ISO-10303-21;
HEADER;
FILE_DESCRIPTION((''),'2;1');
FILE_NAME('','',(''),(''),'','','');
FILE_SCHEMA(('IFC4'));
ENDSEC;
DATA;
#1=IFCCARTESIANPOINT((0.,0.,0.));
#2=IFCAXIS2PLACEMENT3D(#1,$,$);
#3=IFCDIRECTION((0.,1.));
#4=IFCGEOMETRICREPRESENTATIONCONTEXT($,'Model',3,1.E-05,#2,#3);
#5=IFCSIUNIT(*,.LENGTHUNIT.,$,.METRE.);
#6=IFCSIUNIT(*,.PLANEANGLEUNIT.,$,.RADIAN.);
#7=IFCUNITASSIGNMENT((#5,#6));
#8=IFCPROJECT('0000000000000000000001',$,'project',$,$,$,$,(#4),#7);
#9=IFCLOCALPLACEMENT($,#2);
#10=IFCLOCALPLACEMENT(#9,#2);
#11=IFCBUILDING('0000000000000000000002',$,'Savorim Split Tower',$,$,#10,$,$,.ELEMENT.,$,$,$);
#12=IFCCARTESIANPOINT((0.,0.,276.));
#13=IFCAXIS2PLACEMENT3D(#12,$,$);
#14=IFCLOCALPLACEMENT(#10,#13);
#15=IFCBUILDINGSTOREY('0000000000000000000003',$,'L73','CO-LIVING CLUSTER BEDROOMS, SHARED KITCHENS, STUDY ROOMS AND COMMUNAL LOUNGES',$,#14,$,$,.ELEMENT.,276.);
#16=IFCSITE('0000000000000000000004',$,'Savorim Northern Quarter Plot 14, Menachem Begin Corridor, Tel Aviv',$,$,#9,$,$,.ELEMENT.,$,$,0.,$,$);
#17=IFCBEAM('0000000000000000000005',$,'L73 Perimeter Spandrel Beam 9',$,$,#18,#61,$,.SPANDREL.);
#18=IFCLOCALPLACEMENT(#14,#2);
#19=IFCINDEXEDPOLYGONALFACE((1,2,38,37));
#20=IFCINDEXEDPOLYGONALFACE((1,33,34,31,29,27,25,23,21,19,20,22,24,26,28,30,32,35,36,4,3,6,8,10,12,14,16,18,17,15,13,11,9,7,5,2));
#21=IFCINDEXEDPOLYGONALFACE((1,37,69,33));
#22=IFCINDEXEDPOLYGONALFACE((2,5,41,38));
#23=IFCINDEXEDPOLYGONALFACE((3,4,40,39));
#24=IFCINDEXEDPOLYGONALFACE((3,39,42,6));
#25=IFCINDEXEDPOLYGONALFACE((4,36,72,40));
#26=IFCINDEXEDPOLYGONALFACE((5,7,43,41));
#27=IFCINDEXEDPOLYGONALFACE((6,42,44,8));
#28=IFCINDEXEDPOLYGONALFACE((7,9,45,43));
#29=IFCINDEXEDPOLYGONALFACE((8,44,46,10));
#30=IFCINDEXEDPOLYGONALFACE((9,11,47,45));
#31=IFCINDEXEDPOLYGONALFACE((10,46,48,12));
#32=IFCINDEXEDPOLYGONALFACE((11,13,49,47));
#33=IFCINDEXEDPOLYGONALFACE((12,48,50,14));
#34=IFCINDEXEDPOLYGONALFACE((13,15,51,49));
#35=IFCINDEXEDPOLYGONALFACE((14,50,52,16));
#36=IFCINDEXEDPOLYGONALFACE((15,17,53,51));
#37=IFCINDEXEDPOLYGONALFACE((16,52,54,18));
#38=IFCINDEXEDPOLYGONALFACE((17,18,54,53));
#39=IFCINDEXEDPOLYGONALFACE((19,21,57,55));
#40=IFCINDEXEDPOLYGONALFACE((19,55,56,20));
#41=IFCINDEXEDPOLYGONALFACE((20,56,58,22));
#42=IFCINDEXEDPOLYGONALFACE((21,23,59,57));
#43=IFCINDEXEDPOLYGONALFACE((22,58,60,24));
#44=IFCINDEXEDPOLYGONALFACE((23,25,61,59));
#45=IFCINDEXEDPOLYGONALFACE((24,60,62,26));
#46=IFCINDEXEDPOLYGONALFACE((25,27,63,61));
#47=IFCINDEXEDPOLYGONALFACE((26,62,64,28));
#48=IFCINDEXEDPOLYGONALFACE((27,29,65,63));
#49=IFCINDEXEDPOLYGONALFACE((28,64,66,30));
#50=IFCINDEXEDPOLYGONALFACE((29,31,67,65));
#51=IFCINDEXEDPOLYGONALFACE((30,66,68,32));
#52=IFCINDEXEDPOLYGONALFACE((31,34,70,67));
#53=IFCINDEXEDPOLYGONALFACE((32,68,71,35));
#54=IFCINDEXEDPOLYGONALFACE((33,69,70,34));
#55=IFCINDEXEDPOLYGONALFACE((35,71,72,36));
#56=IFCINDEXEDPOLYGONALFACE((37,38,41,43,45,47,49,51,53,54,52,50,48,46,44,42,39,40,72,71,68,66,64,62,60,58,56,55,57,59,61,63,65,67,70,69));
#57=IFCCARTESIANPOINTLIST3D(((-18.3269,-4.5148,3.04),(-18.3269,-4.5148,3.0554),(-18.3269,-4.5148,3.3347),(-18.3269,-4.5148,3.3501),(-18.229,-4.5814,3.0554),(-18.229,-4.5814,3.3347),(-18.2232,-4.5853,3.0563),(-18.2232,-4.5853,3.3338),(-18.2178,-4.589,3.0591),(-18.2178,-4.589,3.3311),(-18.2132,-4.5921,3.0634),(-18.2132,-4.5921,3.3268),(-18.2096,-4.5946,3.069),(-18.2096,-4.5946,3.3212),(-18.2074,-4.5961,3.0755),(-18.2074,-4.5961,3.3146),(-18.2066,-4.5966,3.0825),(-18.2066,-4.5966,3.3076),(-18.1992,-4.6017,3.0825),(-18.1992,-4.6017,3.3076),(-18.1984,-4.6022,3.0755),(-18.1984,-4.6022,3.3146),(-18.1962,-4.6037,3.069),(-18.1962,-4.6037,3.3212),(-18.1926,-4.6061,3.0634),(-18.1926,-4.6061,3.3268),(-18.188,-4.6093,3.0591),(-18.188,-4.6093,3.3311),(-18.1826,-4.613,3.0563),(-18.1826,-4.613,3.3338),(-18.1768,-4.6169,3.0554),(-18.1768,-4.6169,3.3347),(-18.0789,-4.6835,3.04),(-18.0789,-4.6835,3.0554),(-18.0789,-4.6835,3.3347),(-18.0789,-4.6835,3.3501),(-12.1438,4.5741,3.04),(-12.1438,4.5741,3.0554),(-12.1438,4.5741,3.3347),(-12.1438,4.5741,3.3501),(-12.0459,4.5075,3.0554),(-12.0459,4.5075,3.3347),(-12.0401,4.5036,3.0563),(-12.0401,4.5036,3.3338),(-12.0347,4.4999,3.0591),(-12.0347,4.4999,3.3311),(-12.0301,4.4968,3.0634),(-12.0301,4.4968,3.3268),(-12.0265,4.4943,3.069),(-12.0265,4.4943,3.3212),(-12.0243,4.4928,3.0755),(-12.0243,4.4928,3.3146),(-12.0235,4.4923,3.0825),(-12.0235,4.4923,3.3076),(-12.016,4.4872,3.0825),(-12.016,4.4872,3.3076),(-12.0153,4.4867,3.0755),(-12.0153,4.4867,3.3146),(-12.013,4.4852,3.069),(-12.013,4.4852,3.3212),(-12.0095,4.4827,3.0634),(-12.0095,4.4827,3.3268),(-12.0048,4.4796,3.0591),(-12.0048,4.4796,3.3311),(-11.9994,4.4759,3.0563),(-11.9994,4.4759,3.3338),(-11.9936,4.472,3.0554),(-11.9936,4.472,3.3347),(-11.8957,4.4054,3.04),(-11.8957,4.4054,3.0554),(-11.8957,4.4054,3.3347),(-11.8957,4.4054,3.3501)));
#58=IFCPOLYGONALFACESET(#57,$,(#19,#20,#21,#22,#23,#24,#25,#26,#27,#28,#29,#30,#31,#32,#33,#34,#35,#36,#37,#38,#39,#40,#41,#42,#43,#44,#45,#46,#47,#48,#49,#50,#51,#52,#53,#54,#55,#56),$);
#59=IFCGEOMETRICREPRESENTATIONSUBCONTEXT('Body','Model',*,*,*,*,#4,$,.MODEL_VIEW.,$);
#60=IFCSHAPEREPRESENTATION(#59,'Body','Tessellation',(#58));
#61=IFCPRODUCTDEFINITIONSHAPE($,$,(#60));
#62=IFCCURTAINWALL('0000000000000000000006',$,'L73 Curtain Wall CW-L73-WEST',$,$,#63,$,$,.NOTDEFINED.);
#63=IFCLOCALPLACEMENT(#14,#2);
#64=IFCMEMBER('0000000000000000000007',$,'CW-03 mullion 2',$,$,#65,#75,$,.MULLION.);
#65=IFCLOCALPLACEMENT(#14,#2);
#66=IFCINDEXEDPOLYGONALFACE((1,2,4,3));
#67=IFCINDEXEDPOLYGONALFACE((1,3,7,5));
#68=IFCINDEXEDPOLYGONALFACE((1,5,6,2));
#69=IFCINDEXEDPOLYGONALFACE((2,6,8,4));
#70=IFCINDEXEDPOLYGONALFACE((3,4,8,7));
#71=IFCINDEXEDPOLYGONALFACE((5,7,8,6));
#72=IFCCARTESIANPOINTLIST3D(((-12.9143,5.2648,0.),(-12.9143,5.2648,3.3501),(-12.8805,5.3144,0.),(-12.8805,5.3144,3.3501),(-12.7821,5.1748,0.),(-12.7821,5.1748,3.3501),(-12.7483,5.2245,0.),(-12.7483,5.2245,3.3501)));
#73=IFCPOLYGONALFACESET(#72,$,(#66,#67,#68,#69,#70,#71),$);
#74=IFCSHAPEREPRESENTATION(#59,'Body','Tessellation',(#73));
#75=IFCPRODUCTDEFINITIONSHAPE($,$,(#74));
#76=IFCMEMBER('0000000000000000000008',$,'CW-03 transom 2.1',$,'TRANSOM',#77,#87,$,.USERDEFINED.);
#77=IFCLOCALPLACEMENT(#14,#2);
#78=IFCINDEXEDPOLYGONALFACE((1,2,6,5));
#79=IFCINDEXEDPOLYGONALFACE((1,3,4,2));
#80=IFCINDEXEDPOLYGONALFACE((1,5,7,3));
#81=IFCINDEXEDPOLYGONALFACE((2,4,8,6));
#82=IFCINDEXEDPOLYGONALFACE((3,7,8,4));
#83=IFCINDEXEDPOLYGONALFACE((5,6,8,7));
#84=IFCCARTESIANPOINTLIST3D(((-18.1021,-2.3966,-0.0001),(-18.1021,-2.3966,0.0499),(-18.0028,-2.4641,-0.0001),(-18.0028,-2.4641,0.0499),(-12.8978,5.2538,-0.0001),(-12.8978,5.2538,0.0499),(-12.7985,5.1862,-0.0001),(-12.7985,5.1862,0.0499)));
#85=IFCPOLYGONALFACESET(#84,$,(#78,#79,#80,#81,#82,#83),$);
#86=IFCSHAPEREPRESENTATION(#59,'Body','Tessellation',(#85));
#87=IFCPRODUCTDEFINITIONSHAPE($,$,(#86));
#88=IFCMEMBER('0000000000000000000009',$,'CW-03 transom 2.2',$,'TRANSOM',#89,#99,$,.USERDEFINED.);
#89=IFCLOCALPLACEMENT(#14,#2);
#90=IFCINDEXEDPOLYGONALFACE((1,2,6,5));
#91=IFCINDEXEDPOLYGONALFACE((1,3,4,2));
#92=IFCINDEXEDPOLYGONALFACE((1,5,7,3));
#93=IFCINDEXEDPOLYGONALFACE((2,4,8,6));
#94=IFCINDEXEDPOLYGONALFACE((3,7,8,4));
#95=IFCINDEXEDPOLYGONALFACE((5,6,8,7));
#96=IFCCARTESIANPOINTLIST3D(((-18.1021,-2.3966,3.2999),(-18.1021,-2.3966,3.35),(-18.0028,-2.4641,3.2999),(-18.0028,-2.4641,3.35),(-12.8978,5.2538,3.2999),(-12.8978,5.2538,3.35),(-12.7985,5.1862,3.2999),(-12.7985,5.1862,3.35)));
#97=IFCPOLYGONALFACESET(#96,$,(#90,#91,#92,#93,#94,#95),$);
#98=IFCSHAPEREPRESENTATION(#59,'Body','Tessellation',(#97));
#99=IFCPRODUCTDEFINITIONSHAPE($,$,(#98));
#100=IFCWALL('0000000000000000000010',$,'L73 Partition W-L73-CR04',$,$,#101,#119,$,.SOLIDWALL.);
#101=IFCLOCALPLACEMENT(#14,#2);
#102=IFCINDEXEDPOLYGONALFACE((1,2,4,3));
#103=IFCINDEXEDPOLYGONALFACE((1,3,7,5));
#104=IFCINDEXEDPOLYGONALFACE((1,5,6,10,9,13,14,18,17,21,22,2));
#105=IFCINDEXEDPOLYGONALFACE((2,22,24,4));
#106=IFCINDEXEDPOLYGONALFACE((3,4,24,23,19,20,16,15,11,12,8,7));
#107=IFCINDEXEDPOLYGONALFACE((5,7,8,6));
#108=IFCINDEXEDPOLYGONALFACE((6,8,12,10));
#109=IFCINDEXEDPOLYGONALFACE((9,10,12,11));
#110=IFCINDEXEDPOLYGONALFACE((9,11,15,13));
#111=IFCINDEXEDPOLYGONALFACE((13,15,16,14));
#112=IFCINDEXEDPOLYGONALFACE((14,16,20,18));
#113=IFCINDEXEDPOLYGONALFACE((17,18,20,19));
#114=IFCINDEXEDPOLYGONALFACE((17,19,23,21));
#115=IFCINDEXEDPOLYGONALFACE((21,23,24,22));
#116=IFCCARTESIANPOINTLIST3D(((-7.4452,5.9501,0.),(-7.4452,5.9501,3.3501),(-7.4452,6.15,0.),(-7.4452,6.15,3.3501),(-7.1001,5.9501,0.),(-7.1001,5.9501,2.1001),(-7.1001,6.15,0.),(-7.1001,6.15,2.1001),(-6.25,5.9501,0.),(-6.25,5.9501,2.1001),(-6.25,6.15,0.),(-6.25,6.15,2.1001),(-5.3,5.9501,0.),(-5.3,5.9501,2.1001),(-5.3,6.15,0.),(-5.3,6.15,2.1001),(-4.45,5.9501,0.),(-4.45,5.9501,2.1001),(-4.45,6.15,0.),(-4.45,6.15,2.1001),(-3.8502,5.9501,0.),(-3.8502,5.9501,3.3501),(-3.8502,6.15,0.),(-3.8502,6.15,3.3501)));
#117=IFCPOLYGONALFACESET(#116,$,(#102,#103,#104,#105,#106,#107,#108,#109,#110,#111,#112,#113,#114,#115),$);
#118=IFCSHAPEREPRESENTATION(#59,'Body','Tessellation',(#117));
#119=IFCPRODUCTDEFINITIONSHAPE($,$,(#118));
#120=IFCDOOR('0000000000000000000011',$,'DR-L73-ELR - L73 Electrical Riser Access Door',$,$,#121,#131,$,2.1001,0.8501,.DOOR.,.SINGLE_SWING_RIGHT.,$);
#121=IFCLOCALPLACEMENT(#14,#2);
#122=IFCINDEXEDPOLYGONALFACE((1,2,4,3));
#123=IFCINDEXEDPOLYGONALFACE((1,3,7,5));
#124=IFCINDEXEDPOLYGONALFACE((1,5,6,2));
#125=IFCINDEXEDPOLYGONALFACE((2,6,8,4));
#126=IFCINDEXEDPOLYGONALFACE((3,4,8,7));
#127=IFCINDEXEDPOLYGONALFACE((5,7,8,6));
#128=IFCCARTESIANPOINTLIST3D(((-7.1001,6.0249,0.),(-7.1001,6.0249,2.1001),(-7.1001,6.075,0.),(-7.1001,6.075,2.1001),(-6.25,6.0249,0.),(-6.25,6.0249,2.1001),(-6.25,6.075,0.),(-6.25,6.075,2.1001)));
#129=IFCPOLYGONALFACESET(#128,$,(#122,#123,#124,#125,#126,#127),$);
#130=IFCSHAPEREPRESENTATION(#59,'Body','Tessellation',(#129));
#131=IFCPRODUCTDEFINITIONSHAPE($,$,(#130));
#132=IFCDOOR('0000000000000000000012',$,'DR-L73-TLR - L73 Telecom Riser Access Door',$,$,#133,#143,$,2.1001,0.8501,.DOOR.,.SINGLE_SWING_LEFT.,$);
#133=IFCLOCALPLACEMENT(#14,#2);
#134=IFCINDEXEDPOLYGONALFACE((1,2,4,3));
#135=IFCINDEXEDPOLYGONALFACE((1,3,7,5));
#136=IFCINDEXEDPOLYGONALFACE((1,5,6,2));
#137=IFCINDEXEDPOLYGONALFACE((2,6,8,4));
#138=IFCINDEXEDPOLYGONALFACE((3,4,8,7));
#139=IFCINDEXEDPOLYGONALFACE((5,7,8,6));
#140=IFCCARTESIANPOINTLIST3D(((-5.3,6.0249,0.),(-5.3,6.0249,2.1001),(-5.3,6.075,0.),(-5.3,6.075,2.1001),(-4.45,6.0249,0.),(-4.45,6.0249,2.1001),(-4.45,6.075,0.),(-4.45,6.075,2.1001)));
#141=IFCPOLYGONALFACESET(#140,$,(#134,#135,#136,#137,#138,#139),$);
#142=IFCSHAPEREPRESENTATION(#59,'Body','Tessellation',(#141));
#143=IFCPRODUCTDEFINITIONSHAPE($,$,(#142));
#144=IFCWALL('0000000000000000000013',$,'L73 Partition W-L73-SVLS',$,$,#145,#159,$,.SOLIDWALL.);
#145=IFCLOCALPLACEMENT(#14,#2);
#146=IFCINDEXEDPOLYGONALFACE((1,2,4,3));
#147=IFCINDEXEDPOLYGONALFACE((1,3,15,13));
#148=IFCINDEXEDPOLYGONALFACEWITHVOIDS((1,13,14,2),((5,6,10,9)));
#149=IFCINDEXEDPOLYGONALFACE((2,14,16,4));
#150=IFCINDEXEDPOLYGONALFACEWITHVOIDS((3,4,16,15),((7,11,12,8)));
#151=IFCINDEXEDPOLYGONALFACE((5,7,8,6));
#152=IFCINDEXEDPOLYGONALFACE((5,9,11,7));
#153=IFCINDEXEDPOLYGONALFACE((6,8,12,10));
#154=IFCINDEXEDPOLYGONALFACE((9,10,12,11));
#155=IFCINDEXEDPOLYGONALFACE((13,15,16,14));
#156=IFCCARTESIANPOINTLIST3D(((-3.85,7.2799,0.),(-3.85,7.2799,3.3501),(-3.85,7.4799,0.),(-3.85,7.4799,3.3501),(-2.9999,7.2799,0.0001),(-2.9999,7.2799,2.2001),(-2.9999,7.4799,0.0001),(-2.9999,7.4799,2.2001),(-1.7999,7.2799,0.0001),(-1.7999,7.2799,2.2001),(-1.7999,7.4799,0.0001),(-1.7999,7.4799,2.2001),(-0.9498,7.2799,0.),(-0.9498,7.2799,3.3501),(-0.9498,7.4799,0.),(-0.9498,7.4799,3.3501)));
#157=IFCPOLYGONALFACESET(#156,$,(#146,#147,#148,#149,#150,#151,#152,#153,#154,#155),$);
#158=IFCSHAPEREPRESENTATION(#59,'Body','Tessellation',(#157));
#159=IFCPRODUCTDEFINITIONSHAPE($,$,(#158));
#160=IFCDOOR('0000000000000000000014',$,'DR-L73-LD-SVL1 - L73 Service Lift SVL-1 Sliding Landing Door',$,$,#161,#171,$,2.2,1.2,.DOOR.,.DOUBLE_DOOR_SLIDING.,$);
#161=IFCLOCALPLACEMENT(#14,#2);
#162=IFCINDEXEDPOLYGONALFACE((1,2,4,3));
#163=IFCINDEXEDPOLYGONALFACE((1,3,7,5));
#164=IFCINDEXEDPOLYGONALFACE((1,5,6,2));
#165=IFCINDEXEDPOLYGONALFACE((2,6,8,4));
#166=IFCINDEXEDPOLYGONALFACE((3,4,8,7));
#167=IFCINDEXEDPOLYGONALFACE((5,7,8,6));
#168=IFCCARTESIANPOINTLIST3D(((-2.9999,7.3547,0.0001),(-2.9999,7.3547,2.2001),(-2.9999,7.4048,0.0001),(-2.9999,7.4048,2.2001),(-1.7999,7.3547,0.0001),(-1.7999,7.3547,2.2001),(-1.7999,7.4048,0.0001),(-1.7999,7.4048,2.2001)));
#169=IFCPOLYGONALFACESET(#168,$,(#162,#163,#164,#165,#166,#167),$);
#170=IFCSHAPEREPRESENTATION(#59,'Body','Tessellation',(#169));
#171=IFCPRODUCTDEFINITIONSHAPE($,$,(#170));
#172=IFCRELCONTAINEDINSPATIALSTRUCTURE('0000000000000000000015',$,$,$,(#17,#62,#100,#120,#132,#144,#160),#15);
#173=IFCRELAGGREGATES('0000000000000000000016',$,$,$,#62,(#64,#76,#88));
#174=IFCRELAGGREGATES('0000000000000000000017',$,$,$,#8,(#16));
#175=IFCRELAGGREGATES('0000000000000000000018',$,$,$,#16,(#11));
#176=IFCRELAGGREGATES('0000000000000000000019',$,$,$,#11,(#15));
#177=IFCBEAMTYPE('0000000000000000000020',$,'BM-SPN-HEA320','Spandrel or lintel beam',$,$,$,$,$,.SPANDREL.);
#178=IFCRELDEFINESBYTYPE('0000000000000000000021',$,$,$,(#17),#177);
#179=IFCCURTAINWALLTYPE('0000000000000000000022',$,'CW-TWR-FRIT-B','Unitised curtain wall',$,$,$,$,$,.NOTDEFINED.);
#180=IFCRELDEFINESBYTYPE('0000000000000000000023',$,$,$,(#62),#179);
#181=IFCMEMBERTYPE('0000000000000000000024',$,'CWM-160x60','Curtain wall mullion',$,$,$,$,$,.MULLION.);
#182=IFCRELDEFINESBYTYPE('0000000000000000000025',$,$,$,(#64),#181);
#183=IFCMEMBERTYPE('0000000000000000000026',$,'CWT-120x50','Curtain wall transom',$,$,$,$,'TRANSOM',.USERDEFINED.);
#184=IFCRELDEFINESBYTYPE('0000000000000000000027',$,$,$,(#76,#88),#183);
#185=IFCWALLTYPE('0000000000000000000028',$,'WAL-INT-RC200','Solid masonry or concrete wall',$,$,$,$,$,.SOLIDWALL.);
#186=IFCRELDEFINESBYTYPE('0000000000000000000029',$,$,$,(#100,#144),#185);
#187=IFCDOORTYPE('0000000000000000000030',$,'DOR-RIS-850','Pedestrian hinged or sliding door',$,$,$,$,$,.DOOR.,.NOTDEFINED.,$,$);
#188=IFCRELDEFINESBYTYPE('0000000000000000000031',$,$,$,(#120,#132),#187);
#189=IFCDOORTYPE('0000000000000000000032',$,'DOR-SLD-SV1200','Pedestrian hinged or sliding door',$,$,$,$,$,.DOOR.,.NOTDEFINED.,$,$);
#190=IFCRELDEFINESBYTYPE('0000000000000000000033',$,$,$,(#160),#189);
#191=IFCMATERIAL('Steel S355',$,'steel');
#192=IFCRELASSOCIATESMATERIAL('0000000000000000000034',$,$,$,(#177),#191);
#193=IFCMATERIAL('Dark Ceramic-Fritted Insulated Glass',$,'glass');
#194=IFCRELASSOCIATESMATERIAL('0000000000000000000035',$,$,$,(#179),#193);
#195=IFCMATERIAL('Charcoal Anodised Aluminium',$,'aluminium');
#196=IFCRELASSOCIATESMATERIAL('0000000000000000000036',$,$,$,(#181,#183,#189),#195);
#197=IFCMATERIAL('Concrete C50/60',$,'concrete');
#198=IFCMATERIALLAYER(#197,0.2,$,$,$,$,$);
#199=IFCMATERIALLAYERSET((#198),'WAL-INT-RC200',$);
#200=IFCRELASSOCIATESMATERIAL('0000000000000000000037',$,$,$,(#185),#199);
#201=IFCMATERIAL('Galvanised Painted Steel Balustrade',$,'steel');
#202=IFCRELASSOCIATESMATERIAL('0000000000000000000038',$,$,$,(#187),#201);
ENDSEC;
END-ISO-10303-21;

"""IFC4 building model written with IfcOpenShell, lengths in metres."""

from ifc_helpers import new_model, si_unit, direction, frame, frame_2d, origin, origin_2d, place, context, subcontext, project, spatial, rectangle, i_section, extrude, material, layer, layer_set, material_profile, profile_set, type_object, element, fill, aggregate, save


model = new_model("IFC4")

# Units and contexts
model_context = context("Model", 3, precision=1e-05, world=origin(), true_north=direction((0.0, 1.0)))
body_context = subcontext(model_context, "Body", "Model", "MODEL_VIEW")
ifc_project = project(units=[si_unit("LENGTHUNIT", "METRE"), si_unit("PLANEANGLEUNIT", "RADIAN")], contexts=[model_context])

# Site, building, storey
site_placement = place(None, origin())
site = spatial("IfcSite", under=ifc_project, at=site_placement, Name="Savorim Northern Quarter Plot 14, Menachem Begin Corridor, Tel Aviv", CompositionType="ELEMENT", RefElevation=0.0)
building_placement = place(site_placement, origin())
building = spatial("IfcBuilding", under=site, at=building_placement, Name="Savorim Split Tower", CompositionType="ELEMENT")
storey_placement = place(building_placement, frame((0.0, 0.0, 276.0)))
storey = spatial("IfcBuildingStorey", under=building, at=storey_placement, Name="L73", Description="CO-LIVING CLUSTER BEDROOMS, SHARED KITCHENS, STUDY ROOMS AND COMMUNAL LOUNGES", CompositionType="ELEMENT", Elevation=276.0)

# Shared definitions
ifc_material_1 = material(Name="Steel S355", Category="steel")

# Beam
ifc_material_profile_1 = material_profile(ifc_material_1, i_section(OverallWidth=0.3, OverallDepth=0.3101, WebThickness=0.009, FlangeThickness=0.0154, FilletRadius=0.0271, at=origin_2d()), Name="HEA 320")
ifc_profile_set_1 = profile_set([ifc_material_profile_1], Name="Steel S355")
beam_type_1 = type_object("IfcBeamType", Name="BM-SPN-HEA320", Description="Spandrel or lintel beam", PredefinedType="SPANDREL", material=ifc_profile_set_1)
beam_1_placement = place(storey_placement, frame((-12.0198, 4.4897, 3.1951), z_axis=(-0.562476, -0.826813, 0.0), x_axis=(0.826813, -0.562476, 0.0)))
element("IfcBeam", 1, at=beam_1_placement, inside=storey, type_object=beam_type_1, Name="L73 Perimeter Spandrel Beam 9", PredefinedType="SPANDREL", context=body_context, shape_type="SweptSolid", body=[
    extrude(i_section(OverallWidth=0.3, OverallDepth=0.3101, WebThickness=0.009, FlangeThickness=0.0154, FilletRadius=0.0271, at=origin_2d()), origin(), (0.0, 0.0, 1.0), 10.9927),
])

# Curtain wall, members
ifc_material_2 = material(Name="Dark Ceramic-Fritted Insulated Glass", Category="glass")
curtain_wall_type = type_object("IfcCurtainWallType", Name="CW-TWR-FRIT-B", Description="Unitised curtain wall", PredefinedType="NOTDEFINED", material=ifc_material_2)
curtain_wall_placement = place(storey_placement, origin())
curtain_wall = element("IfcCurtainWall", 2, at=curtain_wall_placement, inside=storey, type_object=curtain_wall_type, Name="L73 Curtain Wall CW-L73-WEST", PredefinedType="NOTDEFINED")
ifc_material_3 = material(Name="Charcoal Anodised Aluminium", Category="aluminium")
ifc_material_profile_2 = material_profile(ifc_material_3, rectangle(XDim=0.1599, YDim=0.0601, at=origin_2d()), Name="ALU-M 160x60")
ifc_profile_set_2 = profile_set([ifc_material_profile_2], Name="Charcoal Anodised Aluminium")
member_type_1 = type_object("IfcMemberType", Name="CWM-160x60", Description="Curtain wall mullion", PredefinedType="MULLION", material=ifc_profile_set_2)
member_1_placement = place(storey_placement, frame((-12.8313, 5.2446, 0.0), z_axis=(0.0, 0.0, 1.0), x_axis=(0.826818, -0.56247, 0.0)))
member_1 = element("IfcMember", 3, at=member_1_placement, type_object=member_type_1, Name="CW-03 mullion 2", PredefinedType="MULLION", context=body_context, shape_type="SweptSolid", body=[
    extrude(rectangle(XDim=0.1599, YDim=0.0601, at=origin_2d()), origin(), (0.0, 0.0, 1.0), 3.3501),
])
ifc_material_profile_3 = material_profile(ifc_material_3, rectangle(XDim=0.1201, YDim=0.05, at=origin_2d()), Name="ALU-T 120x50")
ifc_profile_set_3 = profile_set([ifc_material_profile_3], Name="Charcoal Anodised Aluminium")
member_type_2 = type_object("IfcMemberType", Name="CWT-120x50", Description="Curtain wall transom", ElementType="TRANSOM", PredefinedType="USERDEFINED", material=ifc_profile_set_3)
member_2_placement = place(storey_placement, frame((-12.8481, 5.22, 0.0249), z_axis=(-0.562464, -0.826822, 0.0), x_axis=(0.826822, -0.562464, 0.0)))
member_2 = element("IfcMember", 4, at=member_2_placement, type_object=member_type_2, Name="CW-03 transom 2.1", ObjectType="TRANSOM", PredefinedType="USERDEFINED", context=body_context, shape_type="SweptSolid", body=[
    extrude(rectangle(XDim=0.1201, YDim=0.05, at=origin_2d()), origin(), (0.0, 0.0, 1.0), 9.2527),
])
member_3_placement = place(storey_placement, frame((-12.8481, 5.22, 3.325), z_axis=(-0.562464, -0.826822, 0.0), x_axis=(0.826822, -0.562464, 0.0)))
member_3 = element("IfcMember", 5, at=member_3_placement, type_object=member_type_2, Name="CW-03 transom 2.2", ObjectType="TRANSOM", PredefinedType="USERDEFINED", context=body_context, shape_type="SweptSolid", body=[
    extrude(rectangle(XDim=0.1201, YDim=0.05, at=origin_2d()), origin(), (0.0, 0.0, 1.0), 9.2527),
])
aggregate(curtain_wall, [member_1, member_2, member_3])

# Wall, openings, doors
ifc_material_4 = material(Name="Concrete C50/60", Category="concrete")
ifc_layer_1 = layer(ifc_material_4, 0.2)
ifc_layer_set_1 = layer_set([ifc_layer_1], Name="WAL-INT-RC200")
wall_type_1 = type_object("IfcWallType", Name="WAL-INT-RC200", Description="Solid masonry or concrete wall", PredefinedType="SOLIDWALL", material=ifc_layer_set_1)
wall_1_placement = place(storey_placement, frame((-7.4451, 6.05, 0.0), z_axis=(0.0, 0.0, 1.0), x_axis=(1.0, 0.0, 0.0)))
wall_1 = element("IfcWall", 6, at=wall_1_placement, inside=storey, type_object=wall_type_1, Name="L73 Partition W-L73-CR04", PredefinedType="SOLIDWALL", context=body_context, shape_type="SweptSolid", body=[
    extrude(rectangle(XDim=3.595, YDim=0.2, at=frame_2d((1.7974, 0.0))), origin(), (0.0, 0.0, 1.0), 3.3501),
])
opening_1_placement = place(wall_1_placement, frame((0.345, 0.0, 0.0)))
opening_1 = element("IfcOpeningElement", 7, at=opening_1_placement, cuts=wall_1, PredefinedType="OPENING", context=body_context, shape_type="SweptSolid", body=[
    extrude(rectangle(XDim=0.8501, YDim=2.1001, at=frame_2d((0.425, 1.05))), frame((0.0, 0.1099, 0.0), z_axis=(0.0, -1.0, 0.0), x_axis=(1.0, 0.0, 0.0)), (0.0, 0.0, 1.0), 0.22),
])
opening_2_placement = place(wall_1_placement, frame((2.145, 0.0, 0.0)))
opening_2 = element("IfcOpeningElement", 8, at=opening_2_placement, cuts=wall_1, PredefinedType="OPENING", context=body_context, shape_type="SweptSolid", body=[
    extrude(rectangle(XDim=0.8501, YDim=2.1001, at=frame_2d((0.425, 1.05))), frame((0.0, 0.1099, 0.0), z_axis=(0.0, -1.0, 0.0), x_axis=(1.0, 0.0, 0.0)), (0.0, 0.0, 1.0), 0.22),
])
ifc_material_5 = material(Name="Galvanised Painted Steel Balustrade", Category="steel")
door_type_1 = type_object("IfcDoorType", Name="DOR-RIS-850", Description="Pedestrian hinged or sliding door", OperationType="NOTDEFINED", PredefinedType="DOOR", material=ifc_material_5)
door_1_placement = place(opening_1_placement, origin())
door_1 = element("IfcDoor", 9, at=door_1_placement, inside=storey, type_object=door_type_1, Name="DR-L73-ELR - L73 Electrical Riser Access Door", OperationType="SINGLE_SWING_RIGHT", OverallHeight=2.1001, OverallWidth=0.8501, PredefinedType="DOOR", context=body_context, shape_type="SweptSolid", body=[
    extrude(rectangle(XDim=0.8501, YDim=2.1001, at=frame_2d((0.425, 1.05))), frame((0.0, 0.0249, 0.0), z_axis=(0.0, -1.0, 0.0), x_axis=(1.0, 0.0, 0.0)), (0.0, 0.0, 1.0), 0.05),
])
fill(opening_1, door_1)
door_2_placement = place(opening_2_placement, origin())
door_2 = element("IfcDoor", 10, at=door_2_placement, inside=storey, type_object=door_type_1, Name="DR-L73-TLR - L73 Telecom Riser Access Door", OperationType="SINGLE_SWING_LEFT", OverallHeight=2.1001, OverallWidth=0.8501, PredefinedType="DOOR", context=body_context, shape_type="SweptSolid", body=[
    extrude(rectangle(XDim=0.8501, YDim=2.1001, at=frame_2d((0.425, 1.05))), frame((0.0, 0.0249, 0.0), z_axis=(0.0, -1.0, 0.0), x_axis=(1.0, 0.0, 0.0)), (0.0, 0.0, 1.0), 0.05),
])
fill(opening_2, door_2)

# Wall, opening, door
wall_2_placement = place(storey_placement, frame((-3.8501, 7.3799, 0.0), z_axis=(0.0, 0.0, 1.0), x_axis=(1.0, 0.0, 0.0)))
wall_2 = element("IfcWall", 11, at=wall_2_placement, inside=storey, type_object=wall_type_1, Name="L73 Partition W-L73-SVLS", PredefinedType="SOLIDWALL", context=body_context, shape_type="SweptSolid", body=[
    extrude(rectangle(XDim=2.9001, YDim=0.2, at=frame_2d((1.4502, 0.0))), origin(), (0.0, 0.0, 1.0), 3.3501),
])
opening_3_placement = place(wall_2_placement, frame((0.8501, 0.0, 0.0)))
opening_3 = element("IfcOpeningElement", 12, at=opening_3_placement, cuts=wall_2, PredefinedType="OPENING", context=body_context, shape_type="SweptSolid", body=[
    extrude(rectangle(XDim=1.2, YDim=2.2, at=frame_2d((0.6001, 1.1001))), frame((0.0, 0.1099, 0.0), z_axis=(0.0, -1.0, 0.0), x_axis=(1.0, 0.0, 0.0)), (0.0, 0.0, 1.0), 0.22),
])
door_type_2 = type_object("IfcDoorType", Name="DOR-SLD-SV1200", Description="Pedestrian hinged or sliding door", OperationType="NOTDEFINED", PredefinedType="DOOR", material=ifc_material_3)
door_3_placement = place(opening_3_placement, origin())
door_3 = element("IfcDoor", 13, at=door_3_placement, inside=storey, type_object=door_type_2, Name="DR-L73-LD-SVL1 - L73 Service Lift SVL-1 Sliding Landing Door", OperationType="DOUBLE_DOOR_SLIDING", OverallHeight=2.2, OverallWidth=1.2, PredefinedType="DOOR", context=body_context, shape_type="SweptSolid", body=[
    extrude(rectangle(XDim=1.2, YDim=2.2, at=frame_2d((0.6001, 1.1001))), frame((0.0, 0.0249, 0.0), z_axis=(0.0, -1.0, 0.0), x_axis=(1.0, 0.0, 0.0)), (0.0, 0.0, 1.0), 0.05),
])
fill(opening_3, door_3)

save(model, "model.ifc")
